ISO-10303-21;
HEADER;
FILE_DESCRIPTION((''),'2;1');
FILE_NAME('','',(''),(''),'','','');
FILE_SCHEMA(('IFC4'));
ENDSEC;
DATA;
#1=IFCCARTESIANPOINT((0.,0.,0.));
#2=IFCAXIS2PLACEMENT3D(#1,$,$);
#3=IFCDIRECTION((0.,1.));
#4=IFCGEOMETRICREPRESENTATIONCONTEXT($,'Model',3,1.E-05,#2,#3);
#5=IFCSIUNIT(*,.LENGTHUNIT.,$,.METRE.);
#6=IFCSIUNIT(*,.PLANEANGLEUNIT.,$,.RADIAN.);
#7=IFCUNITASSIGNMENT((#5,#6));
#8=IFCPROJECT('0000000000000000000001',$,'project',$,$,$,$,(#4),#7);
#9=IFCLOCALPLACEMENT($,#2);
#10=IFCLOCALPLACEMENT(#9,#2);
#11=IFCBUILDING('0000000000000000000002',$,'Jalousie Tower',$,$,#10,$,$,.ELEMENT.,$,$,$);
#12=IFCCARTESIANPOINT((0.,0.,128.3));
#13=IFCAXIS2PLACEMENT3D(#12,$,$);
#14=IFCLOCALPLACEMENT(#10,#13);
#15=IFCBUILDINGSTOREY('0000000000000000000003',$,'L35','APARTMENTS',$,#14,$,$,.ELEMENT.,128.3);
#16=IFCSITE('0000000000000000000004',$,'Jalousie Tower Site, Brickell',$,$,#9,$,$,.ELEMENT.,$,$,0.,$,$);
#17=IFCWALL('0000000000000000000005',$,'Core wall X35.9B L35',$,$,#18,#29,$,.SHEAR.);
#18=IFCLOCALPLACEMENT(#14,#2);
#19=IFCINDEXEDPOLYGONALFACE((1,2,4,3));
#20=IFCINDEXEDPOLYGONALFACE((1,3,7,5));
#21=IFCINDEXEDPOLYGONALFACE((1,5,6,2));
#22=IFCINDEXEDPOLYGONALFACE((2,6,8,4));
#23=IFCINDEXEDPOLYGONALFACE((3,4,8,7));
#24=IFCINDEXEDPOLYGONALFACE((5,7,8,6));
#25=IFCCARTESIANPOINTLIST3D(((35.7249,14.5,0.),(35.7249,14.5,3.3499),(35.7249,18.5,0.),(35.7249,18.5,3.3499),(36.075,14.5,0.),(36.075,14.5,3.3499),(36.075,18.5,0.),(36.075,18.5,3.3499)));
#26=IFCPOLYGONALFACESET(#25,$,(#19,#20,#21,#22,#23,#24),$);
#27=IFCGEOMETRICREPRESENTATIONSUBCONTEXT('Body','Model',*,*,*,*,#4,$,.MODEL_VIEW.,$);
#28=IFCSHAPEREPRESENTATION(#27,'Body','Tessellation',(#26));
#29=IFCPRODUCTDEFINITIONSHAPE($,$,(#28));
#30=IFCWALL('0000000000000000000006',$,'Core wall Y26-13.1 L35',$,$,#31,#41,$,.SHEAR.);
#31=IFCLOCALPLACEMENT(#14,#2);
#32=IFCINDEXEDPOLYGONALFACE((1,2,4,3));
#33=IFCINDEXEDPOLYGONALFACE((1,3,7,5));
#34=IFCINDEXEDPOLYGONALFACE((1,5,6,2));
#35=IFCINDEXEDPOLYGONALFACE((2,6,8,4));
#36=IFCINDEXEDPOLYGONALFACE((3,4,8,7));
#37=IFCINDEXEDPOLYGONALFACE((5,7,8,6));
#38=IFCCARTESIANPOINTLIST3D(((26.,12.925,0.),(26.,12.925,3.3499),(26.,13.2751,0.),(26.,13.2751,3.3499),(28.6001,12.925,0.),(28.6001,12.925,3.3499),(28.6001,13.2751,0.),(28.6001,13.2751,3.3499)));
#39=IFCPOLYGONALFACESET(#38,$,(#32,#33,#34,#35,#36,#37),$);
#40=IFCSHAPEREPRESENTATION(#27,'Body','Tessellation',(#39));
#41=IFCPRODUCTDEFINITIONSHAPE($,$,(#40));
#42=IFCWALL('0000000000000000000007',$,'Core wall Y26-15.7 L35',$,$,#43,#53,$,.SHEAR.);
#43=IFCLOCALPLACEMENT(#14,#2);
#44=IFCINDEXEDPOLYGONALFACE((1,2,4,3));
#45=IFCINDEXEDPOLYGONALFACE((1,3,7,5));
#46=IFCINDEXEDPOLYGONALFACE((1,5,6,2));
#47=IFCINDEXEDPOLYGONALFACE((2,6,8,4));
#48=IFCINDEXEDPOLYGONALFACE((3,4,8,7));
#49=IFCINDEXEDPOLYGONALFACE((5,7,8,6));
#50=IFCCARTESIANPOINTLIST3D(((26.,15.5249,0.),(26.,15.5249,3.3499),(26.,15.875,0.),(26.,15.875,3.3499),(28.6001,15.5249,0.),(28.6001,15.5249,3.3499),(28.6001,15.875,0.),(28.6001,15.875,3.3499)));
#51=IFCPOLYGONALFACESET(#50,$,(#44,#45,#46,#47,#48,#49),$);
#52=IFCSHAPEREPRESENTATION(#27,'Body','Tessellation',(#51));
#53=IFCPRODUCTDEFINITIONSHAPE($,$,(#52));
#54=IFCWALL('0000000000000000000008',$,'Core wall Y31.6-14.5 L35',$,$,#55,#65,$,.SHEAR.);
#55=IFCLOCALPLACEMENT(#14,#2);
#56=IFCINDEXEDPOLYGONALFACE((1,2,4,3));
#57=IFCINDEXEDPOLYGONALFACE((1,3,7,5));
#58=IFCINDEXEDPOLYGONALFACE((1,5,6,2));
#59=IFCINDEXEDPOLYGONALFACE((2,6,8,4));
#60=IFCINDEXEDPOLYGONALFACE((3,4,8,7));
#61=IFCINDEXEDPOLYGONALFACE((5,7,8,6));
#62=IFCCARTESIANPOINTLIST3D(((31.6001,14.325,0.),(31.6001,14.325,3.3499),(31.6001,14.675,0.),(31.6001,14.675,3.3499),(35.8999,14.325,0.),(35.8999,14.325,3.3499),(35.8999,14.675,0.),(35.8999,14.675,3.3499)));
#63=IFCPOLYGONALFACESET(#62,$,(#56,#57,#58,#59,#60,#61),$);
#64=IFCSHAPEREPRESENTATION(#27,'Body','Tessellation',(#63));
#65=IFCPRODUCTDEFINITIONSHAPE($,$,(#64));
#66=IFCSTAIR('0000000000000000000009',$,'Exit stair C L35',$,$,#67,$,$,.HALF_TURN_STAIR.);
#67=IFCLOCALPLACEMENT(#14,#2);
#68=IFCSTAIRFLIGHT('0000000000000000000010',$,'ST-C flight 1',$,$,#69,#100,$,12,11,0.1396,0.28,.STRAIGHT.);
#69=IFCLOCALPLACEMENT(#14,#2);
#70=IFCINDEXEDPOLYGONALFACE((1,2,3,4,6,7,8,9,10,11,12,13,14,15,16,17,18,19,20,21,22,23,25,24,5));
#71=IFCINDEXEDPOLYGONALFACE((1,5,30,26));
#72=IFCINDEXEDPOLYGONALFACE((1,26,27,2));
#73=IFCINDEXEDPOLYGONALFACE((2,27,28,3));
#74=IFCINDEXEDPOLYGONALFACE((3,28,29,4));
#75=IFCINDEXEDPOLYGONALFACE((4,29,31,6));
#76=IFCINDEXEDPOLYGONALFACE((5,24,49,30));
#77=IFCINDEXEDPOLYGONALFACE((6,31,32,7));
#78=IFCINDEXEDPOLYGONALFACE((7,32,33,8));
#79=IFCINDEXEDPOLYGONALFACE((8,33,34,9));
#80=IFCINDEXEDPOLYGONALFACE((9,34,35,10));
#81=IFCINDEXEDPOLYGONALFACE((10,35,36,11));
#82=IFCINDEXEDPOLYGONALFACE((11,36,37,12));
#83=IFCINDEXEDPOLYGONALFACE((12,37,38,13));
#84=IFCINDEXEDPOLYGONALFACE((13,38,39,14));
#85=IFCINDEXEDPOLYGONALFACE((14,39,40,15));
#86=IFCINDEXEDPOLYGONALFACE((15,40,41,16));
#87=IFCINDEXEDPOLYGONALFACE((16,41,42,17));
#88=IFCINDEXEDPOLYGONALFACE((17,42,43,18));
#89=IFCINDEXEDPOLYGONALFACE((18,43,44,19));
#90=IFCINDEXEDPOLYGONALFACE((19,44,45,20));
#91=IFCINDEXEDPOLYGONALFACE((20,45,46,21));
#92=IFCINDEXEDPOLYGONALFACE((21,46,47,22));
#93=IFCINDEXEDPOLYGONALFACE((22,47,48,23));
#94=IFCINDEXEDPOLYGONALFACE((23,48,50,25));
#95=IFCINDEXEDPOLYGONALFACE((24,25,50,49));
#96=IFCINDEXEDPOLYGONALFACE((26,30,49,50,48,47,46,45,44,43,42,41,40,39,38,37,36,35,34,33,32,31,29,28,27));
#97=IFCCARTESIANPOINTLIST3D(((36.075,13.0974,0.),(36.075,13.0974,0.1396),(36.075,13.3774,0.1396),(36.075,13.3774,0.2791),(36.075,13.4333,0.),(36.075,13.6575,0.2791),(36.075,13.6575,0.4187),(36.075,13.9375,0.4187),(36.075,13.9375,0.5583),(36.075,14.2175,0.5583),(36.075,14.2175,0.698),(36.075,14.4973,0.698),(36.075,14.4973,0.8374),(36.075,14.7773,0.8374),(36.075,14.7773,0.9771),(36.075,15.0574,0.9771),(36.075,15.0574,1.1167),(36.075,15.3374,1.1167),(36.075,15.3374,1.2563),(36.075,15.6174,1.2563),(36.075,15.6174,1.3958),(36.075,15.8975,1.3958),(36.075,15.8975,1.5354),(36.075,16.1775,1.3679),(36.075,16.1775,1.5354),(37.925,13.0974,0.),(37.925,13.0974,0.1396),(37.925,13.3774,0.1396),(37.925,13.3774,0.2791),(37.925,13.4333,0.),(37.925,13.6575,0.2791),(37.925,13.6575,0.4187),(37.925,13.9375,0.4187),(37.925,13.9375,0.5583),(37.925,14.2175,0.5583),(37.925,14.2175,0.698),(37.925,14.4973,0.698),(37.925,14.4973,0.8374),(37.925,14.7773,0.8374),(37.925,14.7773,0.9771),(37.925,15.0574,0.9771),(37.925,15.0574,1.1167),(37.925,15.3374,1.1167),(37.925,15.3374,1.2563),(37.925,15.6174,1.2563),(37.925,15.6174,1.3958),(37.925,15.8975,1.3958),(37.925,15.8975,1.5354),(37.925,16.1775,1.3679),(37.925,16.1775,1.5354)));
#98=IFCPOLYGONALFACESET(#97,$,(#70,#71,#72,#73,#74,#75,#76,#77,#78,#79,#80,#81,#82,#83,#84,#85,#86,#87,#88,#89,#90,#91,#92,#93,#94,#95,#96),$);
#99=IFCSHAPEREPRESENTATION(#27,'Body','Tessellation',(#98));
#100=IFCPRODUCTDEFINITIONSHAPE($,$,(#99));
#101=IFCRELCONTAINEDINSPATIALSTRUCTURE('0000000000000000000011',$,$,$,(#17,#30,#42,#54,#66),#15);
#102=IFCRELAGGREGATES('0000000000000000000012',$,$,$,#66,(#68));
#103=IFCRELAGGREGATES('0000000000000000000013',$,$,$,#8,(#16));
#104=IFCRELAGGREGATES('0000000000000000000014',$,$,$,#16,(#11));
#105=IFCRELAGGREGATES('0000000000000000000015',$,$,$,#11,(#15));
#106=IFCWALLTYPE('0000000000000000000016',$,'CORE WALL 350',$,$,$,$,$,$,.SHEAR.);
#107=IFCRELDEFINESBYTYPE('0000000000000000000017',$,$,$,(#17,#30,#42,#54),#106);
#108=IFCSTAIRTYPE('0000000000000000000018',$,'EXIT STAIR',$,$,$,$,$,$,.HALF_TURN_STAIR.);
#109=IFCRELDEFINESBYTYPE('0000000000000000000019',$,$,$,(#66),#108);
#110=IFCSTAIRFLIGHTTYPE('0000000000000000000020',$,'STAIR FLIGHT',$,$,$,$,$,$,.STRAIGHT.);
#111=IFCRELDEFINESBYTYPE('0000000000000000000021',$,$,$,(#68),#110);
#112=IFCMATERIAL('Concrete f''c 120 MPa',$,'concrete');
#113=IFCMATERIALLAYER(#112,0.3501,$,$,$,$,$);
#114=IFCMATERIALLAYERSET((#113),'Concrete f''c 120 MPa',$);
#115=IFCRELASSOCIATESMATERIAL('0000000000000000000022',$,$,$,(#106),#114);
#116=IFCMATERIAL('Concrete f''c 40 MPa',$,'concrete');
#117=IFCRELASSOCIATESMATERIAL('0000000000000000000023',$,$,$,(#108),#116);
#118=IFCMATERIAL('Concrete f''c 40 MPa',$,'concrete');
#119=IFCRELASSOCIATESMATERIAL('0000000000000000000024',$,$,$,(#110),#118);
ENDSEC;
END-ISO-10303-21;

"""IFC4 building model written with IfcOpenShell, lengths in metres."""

from ifc_helpers import new_model, si_unit, direction, frame, frame_2d, origin, place, context, subcontext, project, spatial, polyline, rectangle, outline, extrude, material, layer, layer_set, type_object, element, aggregate, save


model = new_model("IFC4")

# Units and contexts
model_context = context("Model", 3, precision=1e-05, world=origin(), true_north=direction((0.0, 1.0)))
body_context = subcontext(model_context, "Body", "Model", "MODEL_VIEW")
ifc_project = project(units=[si_unit("LENGTHUNIT", "METRE"), si_unit("PLANEANGLEUNIT", "RADIAN")], contexts=[model_context])

# Site, building, storey
site_placement = place(None, origin())
site = spatial("IfcSite", under=ifc_project, at=site_placement, Name="Jalousie Tower Site, Brickell", CompositionType="ELEMENT", RefElevation=0.0)
building_placement = place(site_placement, origin())
building = spatial("IfcBuilding", under=site, at=building_placement, Name="Jalousie Tower", CompositionType="ELEMENT")
storey_placement = place(building_placement, frame((0.0, 0.0, 128.3)))
storey = spatial("IfcBuildingStorey", under=building, at=storey_placement, Name="L35", Description="APARTMENTS", CompositionType="ELEMENT", Elevation=128.3)

# Shared definitions
ifc_material_1 = material(Name="Concrete f'c 120 MPa", Category="concrete")
ifc_layer = layer(ifc_material_1, 0.3501)
ifc_layer_set = layer_set([ifc_layer], Name="Concrete f'c 120 MPa")
wall_type = type_object("IfcWallType", Name="CORE WALL 350", PredefinedType="SHEAR", material=ifc_layer_set)

# Walls
wall_1_placement = place(storey_placement, frame((35.8999, 14.5, 0.0), z_axis=(0.0, 0.0, 1.0), x_axis=(0.0, 1.0, 0.0)))
element("IfcWall", 1, at=wall_1_placement, inside=storey, type_object=wall_type, Name="Core wall X35.9B L35", PredefinedType="SHEAR", context=body_context, shape_type="SweptSolid", body=[
    extrude(rectangle(XDim=4.0, YDim=0.3501, at=frame_2d((2.0, 0.0))), origin(), (0.0, 0.0, 1.0), 3.3499),
])
for number, where, z_axis, x_axis, name in (
    (2, (26.0, 13.1001, 0.0), (0.0, 0.0, 1.0), (1.0, 0.0, 0.0), "Core wall Y26-13.1 L35"),
    (3, (26.0, 15.7, 0.0), (0.0, 0.0, 1.0), (1.0, 0.0, 0.0), "Core wall Y26-15.7 L35"),
):
    element("IfcWall", number, at=place(storey_placement, frame(where, z_axis=z_axis, x_axis=x_axis)), inside=storey, type_object=wall_type, Name=name, PredefinedType="SHEAR", context=body_context, shape_type="SweptSolid", body=[
        extrude(rectangle(XDim=2.6001, YDim=0.3501, at=frame_2d((1.3, 0.0))), origin(), (0.0, 0.0, 1.0), 3.3499),
    ])
wall_2_placement = place(storey_placement, frame((31.6001, 14.5, 0.0), z_axis=(0.0, 0.0, 1.0), x_axis=(1.0, 0.0, 0.0)))
element("IfcWall", 4, at=wall_2_placement, inside=storey, type_object=wall_type, Name="Core wall Y31.6-14.5 L35", PredefinedType="SHEAR", context=body_context, shape_type="SweptSolid", body=[
    extrude(rectangle(XDim=4.2998, YDim=0.3501, at=frame_2d((2.1499, 0.0))), origin(), (0.0, 0.0, 1.0), 3.3499),
])

# Stair, stair flight
ifc_material_2 = material(Name="Concrete f'c 40 MPa", Category="concrete")
stair_type = type_object("IfcStairType", Name="EXIT STAIR", PredefinedType="HALF_TURN_STAIR", material=ifc_material_2)
stair_placement = place(storey_placement, origin())
stair = element("IfcStair", 5, at=stair_placement, inside=storey, type_object=stair_type, Name="Exit stair C L35", PredefinedType="HALF_TURN_STAIR")
ifc_material_3 = material(Name="Concrete f'c 40 MPa", Category="concrete")
stair_flight_type = type_object("IfcStairFlightType", Name="STAIR FLIGHT", PredefinedType="STRAIGHT", material=ifc_material_3)
stair_flight_placement = place(storey_placement, frame((37.0, 13.0974, 0.0), z_axis=(0.0, 0.0, 1.0), x_axis=(0.0, 1.0, 0.0)))
stair_flight = element("IfcStairFlight", 6, at=stair_flight_placement, type_object=stair_flight_type, Name="ST-C flight 1", NumberOfRisers=12, NumberOfTreads=11, PredefinedType="STRAIGHT", RiserHeight=0.1396, TreadLength=0.28, context=body_context, shape_type="SweptSolid", body=[
    extrude(outline(polyline([(0.0, 0.0), (0.0, 0.1396), (0.28, 0.1396), (0.28, 0.2791), (0.5601, 0.2791), (0.5601, 0.4187), (0.8401, 0.4187), (0.8401, 0.5583), (1.1201, 0.5583), (1.1201, 0.698), (1.3999, 0.698), (1.3999, 0.8374), (1.6799, 0.8374), (1.6799, 0.9771), (1.96, 0.9771), (1.96, 1.1167), (2.24, 1.1167), (2.24, 1.2563), (2.52, 1.2563), (2.52, 1.3958), (2.8, 1.3958), (2.8, 1.5354), (3.0801, 1.5354), (3.0801, 1.675), (3.0801, 1.3679), (0.3359, 0.0), (0.0, 0.0)])), frame((0.0, 0.925, 0.0), z_axis=(0.0, -1.0, 0.0), x_axis=(1.0, 0.0, 0.0)), (0.0, 0.0, 1.0), 1.8501),
])
aggregate(stair, [stair_flight])

save(model, "model.ifc")
